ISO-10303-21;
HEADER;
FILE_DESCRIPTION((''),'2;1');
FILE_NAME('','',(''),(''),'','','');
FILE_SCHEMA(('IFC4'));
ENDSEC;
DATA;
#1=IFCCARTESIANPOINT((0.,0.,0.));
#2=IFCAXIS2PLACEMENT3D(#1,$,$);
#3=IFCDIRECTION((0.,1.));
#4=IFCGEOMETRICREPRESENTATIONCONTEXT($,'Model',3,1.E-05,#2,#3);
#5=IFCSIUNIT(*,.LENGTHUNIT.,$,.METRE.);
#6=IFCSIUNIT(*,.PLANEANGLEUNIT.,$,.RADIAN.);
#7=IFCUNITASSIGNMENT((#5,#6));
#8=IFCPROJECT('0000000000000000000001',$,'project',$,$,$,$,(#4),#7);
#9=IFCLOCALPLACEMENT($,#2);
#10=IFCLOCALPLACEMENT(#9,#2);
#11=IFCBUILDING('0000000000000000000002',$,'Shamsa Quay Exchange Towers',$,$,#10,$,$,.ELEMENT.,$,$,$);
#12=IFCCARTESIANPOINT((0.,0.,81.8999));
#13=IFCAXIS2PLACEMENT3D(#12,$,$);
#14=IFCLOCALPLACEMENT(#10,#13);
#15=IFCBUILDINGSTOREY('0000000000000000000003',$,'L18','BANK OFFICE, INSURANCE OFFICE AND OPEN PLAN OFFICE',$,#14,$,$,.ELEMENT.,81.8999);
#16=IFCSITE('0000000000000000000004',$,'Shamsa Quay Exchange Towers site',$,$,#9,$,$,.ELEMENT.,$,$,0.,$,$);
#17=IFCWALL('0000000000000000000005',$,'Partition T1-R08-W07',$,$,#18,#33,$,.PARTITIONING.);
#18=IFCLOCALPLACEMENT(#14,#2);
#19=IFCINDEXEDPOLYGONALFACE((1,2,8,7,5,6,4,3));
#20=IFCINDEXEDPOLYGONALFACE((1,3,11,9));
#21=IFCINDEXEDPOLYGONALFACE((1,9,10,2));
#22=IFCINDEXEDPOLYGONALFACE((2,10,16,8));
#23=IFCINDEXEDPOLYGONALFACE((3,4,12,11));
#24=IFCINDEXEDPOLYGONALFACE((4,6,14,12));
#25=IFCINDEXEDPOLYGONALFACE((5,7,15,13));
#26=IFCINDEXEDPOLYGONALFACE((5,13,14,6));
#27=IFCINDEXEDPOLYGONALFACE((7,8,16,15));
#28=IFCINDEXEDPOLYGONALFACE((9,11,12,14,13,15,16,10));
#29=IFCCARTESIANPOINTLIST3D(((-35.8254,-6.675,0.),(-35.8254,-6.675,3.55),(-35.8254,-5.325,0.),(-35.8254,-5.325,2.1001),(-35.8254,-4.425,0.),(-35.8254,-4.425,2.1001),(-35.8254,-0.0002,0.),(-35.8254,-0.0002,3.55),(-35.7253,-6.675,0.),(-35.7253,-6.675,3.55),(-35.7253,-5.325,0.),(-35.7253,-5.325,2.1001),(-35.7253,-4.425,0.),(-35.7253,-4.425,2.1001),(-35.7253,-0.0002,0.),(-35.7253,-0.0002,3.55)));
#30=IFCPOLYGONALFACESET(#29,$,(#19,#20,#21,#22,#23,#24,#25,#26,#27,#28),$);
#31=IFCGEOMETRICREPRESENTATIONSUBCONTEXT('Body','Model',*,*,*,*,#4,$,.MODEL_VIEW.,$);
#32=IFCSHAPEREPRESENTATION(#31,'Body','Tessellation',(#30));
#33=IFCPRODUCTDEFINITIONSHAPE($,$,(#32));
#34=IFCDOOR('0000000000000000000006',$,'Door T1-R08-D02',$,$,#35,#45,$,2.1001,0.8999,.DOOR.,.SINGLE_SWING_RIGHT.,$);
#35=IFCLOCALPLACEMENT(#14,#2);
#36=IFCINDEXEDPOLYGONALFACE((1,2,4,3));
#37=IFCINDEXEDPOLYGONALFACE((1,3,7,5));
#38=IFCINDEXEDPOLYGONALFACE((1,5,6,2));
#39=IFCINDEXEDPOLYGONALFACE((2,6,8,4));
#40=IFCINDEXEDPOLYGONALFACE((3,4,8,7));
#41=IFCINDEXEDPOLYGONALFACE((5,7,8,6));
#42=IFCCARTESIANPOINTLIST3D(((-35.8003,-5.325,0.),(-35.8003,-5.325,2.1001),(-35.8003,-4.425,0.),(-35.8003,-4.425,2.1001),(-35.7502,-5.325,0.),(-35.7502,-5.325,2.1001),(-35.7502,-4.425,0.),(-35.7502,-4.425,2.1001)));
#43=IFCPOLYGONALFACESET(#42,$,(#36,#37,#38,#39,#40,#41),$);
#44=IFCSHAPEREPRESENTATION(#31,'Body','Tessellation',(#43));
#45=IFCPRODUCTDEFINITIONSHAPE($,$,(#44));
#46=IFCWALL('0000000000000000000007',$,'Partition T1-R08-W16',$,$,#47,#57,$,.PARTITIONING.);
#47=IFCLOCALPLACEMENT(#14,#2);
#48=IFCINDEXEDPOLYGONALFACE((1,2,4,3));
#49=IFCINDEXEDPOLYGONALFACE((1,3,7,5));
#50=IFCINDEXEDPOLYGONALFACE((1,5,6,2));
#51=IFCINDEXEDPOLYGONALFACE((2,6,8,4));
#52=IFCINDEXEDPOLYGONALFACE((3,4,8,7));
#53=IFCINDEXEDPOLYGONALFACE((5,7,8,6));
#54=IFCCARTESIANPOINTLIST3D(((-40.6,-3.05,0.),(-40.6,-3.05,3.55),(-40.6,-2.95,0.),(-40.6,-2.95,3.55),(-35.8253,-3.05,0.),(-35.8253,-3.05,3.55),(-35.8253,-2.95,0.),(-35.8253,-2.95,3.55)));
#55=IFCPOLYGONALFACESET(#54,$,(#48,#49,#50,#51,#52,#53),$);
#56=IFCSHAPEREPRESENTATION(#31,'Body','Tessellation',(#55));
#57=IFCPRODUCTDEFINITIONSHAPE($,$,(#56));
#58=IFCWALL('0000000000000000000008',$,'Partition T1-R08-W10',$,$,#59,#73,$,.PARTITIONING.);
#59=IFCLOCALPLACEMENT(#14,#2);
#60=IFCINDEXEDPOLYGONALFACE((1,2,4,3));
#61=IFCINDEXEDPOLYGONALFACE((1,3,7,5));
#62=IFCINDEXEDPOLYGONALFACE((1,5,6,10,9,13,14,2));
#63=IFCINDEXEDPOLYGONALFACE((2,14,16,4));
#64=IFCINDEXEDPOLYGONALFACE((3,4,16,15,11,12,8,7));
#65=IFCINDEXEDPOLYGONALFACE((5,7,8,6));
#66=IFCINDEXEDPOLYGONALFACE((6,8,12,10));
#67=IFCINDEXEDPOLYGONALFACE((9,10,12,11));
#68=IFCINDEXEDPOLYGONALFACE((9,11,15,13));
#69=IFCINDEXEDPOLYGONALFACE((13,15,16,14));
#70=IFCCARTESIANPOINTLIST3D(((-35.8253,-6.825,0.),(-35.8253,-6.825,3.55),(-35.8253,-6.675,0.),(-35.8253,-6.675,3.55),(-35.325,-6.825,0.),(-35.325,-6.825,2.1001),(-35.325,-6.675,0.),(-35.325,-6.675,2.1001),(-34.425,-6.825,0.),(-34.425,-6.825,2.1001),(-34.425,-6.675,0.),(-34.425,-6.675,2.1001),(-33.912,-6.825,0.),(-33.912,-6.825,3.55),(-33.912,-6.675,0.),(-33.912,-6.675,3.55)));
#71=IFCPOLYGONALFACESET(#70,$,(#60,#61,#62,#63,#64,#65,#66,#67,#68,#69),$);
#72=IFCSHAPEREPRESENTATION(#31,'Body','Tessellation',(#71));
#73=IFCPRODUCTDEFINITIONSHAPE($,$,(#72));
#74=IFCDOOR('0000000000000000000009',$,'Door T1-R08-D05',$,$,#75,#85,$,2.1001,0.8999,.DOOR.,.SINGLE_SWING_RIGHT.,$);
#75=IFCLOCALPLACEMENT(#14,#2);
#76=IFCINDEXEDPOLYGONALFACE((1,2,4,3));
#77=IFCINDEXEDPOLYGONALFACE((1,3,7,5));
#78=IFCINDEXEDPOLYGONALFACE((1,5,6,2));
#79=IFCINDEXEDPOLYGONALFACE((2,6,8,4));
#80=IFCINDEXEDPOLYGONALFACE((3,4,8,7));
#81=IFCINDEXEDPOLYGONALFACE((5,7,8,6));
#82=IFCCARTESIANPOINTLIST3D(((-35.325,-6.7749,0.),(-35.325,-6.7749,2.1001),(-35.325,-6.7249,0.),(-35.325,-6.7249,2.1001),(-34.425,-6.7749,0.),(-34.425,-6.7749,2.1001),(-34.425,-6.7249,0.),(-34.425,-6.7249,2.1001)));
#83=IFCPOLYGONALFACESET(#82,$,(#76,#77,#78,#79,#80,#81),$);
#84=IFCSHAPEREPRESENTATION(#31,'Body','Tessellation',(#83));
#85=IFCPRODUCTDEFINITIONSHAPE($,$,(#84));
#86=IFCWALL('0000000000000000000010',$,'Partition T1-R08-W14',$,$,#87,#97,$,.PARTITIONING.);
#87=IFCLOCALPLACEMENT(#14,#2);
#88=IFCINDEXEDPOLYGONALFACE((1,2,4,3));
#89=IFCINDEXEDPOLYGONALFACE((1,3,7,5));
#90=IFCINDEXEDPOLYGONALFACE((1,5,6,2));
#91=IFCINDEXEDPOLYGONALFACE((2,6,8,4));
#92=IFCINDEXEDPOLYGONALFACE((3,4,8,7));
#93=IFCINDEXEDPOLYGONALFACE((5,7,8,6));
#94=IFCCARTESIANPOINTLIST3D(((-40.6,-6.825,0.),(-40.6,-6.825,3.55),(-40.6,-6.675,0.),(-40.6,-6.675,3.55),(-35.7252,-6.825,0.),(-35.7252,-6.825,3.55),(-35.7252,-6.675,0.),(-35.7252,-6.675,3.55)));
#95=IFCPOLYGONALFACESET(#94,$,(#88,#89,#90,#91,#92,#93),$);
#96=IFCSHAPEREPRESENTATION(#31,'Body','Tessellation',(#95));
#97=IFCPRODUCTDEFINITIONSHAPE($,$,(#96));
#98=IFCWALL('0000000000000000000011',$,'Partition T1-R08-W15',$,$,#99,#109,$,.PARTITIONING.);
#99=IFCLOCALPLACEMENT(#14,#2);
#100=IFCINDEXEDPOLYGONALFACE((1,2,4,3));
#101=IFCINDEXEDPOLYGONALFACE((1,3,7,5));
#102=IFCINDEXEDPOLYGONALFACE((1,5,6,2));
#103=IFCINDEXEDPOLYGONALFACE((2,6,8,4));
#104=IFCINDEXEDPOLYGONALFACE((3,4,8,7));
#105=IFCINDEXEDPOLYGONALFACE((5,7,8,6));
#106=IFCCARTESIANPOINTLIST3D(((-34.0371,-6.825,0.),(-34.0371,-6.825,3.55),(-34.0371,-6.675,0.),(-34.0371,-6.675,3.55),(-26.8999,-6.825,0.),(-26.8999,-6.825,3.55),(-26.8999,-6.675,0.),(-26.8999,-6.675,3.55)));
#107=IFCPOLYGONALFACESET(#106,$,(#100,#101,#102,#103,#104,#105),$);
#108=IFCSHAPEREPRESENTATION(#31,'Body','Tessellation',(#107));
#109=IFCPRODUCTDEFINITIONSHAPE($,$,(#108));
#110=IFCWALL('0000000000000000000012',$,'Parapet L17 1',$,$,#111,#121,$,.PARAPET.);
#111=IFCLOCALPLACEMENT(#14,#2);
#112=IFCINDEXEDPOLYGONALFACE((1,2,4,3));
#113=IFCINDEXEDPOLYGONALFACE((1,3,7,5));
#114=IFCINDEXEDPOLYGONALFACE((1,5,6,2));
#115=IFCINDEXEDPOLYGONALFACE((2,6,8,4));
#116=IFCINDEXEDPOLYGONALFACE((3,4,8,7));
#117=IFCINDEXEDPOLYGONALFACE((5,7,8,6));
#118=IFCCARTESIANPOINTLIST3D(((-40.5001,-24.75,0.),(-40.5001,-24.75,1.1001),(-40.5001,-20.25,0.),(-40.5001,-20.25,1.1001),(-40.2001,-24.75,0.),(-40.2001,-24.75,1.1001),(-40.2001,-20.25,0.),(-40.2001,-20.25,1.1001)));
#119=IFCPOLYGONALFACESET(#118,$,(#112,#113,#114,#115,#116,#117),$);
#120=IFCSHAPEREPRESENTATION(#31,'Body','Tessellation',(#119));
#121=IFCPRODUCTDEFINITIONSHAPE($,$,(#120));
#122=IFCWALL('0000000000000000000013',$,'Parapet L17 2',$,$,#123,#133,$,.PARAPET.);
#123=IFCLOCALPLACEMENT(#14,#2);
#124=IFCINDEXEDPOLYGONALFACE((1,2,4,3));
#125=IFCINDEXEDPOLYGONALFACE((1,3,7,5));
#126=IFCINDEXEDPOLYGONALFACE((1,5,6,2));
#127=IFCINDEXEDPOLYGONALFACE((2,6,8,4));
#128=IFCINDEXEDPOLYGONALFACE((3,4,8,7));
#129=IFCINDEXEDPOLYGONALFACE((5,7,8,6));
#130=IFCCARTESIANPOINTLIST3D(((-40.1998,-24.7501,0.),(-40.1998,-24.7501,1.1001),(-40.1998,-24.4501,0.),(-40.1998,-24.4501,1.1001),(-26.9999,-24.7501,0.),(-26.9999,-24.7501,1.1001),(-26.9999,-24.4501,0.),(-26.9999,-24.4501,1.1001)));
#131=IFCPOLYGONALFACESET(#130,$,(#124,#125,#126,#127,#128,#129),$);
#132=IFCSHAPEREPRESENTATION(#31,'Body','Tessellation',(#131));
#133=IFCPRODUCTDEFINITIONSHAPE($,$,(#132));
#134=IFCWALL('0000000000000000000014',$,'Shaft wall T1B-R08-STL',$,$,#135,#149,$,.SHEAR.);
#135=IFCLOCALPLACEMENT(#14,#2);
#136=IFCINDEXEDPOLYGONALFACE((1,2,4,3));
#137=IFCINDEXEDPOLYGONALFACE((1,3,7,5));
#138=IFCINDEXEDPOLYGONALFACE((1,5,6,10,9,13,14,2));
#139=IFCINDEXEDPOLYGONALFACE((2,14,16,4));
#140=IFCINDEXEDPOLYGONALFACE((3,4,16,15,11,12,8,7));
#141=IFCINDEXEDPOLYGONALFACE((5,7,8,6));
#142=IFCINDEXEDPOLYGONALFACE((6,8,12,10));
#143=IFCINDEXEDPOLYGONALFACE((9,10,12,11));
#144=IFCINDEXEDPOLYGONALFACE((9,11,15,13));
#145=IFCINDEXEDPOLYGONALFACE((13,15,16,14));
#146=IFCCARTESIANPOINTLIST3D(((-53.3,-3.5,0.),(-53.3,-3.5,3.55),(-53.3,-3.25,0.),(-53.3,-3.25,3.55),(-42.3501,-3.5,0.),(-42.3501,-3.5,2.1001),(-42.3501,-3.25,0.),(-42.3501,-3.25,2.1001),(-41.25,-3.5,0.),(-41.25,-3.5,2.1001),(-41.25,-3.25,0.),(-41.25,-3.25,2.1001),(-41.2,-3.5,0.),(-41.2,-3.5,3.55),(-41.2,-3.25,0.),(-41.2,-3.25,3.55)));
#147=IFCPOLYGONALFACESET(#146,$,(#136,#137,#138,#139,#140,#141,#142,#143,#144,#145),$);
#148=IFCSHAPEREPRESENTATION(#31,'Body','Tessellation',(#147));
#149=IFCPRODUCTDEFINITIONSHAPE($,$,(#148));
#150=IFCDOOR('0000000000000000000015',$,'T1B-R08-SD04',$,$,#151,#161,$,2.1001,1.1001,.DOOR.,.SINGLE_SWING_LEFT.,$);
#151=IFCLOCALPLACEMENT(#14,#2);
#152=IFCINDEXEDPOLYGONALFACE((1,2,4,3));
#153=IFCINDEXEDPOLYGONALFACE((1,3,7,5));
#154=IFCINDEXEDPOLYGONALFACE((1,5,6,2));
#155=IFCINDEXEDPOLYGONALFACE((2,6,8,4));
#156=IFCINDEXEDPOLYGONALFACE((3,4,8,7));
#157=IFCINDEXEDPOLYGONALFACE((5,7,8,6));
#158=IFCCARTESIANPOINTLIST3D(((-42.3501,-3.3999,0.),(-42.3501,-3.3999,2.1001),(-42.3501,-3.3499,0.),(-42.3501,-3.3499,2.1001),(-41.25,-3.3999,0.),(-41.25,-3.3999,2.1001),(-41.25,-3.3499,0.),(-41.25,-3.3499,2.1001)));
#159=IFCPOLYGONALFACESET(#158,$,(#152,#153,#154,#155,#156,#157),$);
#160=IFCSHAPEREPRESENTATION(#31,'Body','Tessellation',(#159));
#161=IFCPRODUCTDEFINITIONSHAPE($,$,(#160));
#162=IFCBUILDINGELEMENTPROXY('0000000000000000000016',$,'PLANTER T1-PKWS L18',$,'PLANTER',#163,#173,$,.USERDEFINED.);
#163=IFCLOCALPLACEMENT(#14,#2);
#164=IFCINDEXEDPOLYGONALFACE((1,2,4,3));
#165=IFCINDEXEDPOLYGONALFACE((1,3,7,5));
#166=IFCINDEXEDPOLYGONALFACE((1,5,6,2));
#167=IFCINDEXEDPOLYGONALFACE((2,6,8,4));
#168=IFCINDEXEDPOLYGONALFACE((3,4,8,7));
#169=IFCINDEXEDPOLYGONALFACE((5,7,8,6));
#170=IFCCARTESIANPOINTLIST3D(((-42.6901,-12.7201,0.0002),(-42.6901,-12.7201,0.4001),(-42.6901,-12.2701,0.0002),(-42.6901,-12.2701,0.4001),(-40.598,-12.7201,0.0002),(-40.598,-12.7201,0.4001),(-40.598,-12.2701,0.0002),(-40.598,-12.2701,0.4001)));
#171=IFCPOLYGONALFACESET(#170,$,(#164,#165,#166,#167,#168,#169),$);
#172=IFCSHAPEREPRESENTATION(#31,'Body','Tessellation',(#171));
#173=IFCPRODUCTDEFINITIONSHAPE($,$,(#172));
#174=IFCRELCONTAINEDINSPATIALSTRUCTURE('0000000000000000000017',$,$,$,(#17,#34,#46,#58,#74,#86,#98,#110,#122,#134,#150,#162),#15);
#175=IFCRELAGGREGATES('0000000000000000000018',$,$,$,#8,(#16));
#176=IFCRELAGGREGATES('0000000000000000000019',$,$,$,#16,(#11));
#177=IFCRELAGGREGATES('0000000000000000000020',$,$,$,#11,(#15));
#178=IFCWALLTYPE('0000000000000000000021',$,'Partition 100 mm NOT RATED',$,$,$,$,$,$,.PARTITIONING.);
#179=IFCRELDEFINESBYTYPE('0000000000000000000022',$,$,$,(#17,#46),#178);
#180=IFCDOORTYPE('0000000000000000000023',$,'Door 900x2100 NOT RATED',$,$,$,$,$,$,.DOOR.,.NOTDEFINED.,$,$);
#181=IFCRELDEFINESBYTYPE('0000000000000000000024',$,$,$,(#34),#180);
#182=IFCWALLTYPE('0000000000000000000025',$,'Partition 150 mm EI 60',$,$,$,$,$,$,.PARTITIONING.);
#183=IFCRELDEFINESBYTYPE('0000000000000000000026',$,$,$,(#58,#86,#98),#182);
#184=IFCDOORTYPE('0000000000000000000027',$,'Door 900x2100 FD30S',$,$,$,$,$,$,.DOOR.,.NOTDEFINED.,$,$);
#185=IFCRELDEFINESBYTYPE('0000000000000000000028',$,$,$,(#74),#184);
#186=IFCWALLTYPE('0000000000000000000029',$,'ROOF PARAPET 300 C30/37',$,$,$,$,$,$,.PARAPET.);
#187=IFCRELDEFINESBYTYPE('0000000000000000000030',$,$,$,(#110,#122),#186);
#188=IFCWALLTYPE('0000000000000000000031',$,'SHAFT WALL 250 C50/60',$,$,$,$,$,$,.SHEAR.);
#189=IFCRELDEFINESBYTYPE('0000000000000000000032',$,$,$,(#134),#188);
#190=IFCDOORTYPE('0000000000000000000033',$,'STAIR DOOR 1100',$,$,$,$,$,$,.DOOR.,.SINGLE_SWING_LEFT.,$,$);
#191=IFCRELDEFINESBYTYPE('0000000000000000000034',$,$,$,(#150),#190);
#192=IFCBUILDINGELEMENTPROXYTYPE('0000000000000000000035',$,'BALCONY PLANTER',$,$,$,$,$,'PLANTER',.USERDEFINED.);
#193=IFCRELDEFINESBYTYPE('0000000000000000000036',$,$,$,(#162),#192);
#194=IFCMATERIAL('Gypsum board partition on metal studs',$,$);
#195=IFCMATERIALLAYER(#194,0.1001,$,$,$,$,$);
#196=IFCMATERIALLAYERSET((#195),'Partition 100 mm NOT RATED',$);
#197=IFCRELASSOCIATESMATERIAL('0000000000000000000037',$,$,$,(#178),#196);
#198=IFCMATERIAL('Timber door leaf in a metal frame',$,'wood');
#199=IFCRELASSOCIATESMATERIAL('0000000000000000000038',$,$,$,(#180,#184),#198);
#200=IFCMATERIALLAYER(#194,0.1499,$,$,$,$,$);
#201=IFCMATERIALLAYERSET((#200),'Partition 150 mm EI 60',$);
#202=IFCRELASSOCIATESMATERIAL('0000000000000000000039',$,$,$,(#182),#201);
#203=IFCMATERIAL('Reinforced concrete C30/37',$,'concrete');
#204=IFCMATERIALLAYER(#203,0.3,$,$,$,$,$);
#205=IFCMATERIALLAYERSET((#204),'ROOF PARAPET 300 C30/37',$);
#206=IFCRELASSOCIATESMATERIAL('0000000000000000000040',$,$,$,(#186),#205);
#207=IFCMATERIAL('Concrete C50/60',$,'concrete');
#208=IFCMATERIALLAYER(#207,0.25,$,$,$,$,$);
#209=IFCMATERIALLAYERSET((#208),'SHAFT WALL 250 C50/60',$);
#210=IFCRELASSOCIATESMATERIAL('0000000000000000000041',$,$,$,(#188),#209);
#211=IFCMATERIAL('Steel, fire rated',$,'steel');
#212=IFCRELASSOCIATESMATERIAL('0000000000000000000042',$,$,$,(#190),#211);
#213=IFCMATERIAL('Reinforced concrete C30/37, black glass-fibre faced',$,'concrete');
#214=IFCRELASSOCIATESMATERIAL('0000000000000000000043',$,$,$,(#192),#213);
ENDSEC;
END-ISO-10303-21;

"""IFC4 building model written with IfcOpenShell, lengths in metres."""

from ifc_helpers import new_model, si_unit, direction, frame, frame_2d, origin, origin_2d, place, context, subcontext, project, spatial, rectangle, extrude, material, layer, layer_set, type_object, element, fill, save


model = new_model("IFC4")

# Units and contexts
model_context = context("Model", 3, precision=1e-05, world=origin(), true_north=direction((0.0, 1.0)))
body_context = subcontext(model_context, "Body", "Model", "MODEL_VIEW")
ifc_project = project(units=[si_unit("LENGTHUNIT", "METRE"), si_unit("PLANEANGLEUNIT", "RADIAN")], contexts=[model_context])

# Site, building, storey
site_placement = place(None, origin())
site = spatial("IfcSite", under=ifc_project, at=site_placement, Name="Shamsa Quay Exchange Towers site", CompositionType="ELEMENT", RefElevation=0.0)
building_placement = place(site_placement, origin())
building = spatial("IfcBuilding", under=site, at=building_placement, Name="Shamsa Quay Exchange Towers", CompositionType="ELEMENT")
storey_placement = place(building_placement, frame((0.0, 0.0, 81.8999)))
storey = spatial("IfcBuildingStorey", under=building, at=storey_placement, Name="L18", Description="BANK OFFICE, INSURANCE OFFICE AND OPEN PLAN OFFICE", CompositionType="ELEMENT", Elevation=81.8999)

# Wall, opening, door
ifc_material_1 = material(Name="Steel, fire rated", Category="steel")
ifc_material_2 = material(Name="Gypsum board partition on metal studs")
ifc_layer_1 = layer(ifc_material_2, 0.1001)
ifc_layer_set_1 = layer_set([ifc_layer_1], Name="Partition 100 mm NOT RATED")
wall_type_1 = type_object("IfcWallType", Name="Partition 100 mm NOT RATED", PredefinedType="PARTITIONING", material=ifc_layer_set_1)
wall_1_placement = place(storey_placement, frame((-35.7754, -6.675, 0.0), z_axis=(0.0, 0.0, 1.0), x_axis=(0.0, 1.0, 0.0)))
wall_1 = element("IfcWall", 1, at=wall_1_placement, inside=storey, type_object=wall_type_1, Name="Partition T1-R08-W07", PredefinedType="PARTITIONING", context=body_context, shape_type="SweptSolid", body=[
    extrude(rectangle(XDim=6.6748, YDim=0.1001, at=frame_2d((3.3374, 0.0))), origin(), (0.0, 0.0, 1.0), 3.55),
])
opening_1_placement = place(wall_1_placement, frame((1.3501, 0.0, 0.0)))
opening_1 = element("IfcOpeningElement", 2, at=opening_1_placement, cuts=wall_1, PredefinedType="OPENING", context=body_context, shape_type="SweptSolid", body=[
    extrude(rectangle(XDim=0.8999, YDim=2.1001, at=frame_2d((0.45, 1.05))), frame((0.0, 0.0601, 0.0), z_axis=(0.0, -1.0, 0.0), x_axis=(1.0, 0.0, 0.0)), (0.0, 0.0, 1.0), 0.1201),
])
ifc_material_3 = material(Name="Timber door leaf in a metal frame", Category="wood")
door_type_1 = type_object("IfcDoorType", Name="Door 900x2100 NOT RATED", OperationType="NOTDEFINED", PredefinedType="DOOR", material=ifc_material_3)
door_1_placement = place(opening_1_placement, origin())
door_1 = element("IfcDoor", 3, at=door_1_placement, inside=storey, type_object=door_type_1, Name="Door T1-R08-D02", OperationType="SINGLE_SWING_RIGHT", OverallHeight=2.1001, OverallWidth=0.8999, PredefinedType="DOOR", context=body_context, shape_type="SweptSolid", body=[
    extrude(rectangle(XDim=0.8999, YDim=2.1001, at=frame_2d((0.45, 1.05))), frame((0.0, 0.0249, 0.0), z_axis=(0.0, -1.0, 0.0), x_axis=(1.0, 0.0, 0.0)), (0.0, 0.0, 1.0), 0.05),
])
fill(opening_1, door_1)

# Wall
wall_2_placement = place(storey_placement, frame((-35.8254, -3.0, 0.0), z_axis=(0.0, 0.0, 1.0), x_axis=(-1.0, 0.0, 0.0)))
element("IfcWall", 4, at=wall_2_placement, inside=storey, type_object=wall_type_1, Name="Partition T1-R08-W16", PredefinedType="PARTITIONING", context=body_context, shape_type="SweptSolid", body=[
    extrude(rectangle(XDim=4.7747, YDim=0.1001, at=frame_2d((2.3872, 0.0))), origin(), (0.0, 0.0, 1.0), 3.55),
])

# Wall, opening, door
ifc_layer_2 = layer(ifc_material_2, 0.1499)
ifc_layer_set_2 = layer_set([ifc_layer_2], Name="Partition 150 mm EI 60")
wall_type_2 = type_object("IfcWallType", Name="Partition 150 mm EI 60", PredefinedType="PARTITIONING", material=ifc_layer_set_2)
wall_3_placement = place(storey_placement, frame((-33.9121, -6.75, 0.0), z_axis=(0.0, 0.0, 1.0), x_axis=(-1.0, 0.0, 0.0)))
wall_3 = element("IfcWall", 5, at=wall_3_placement, inside=storey, type_object=wall_type_2, Name="Partition T1-R08-W10", PredefinedType="PARTITIONING", context=body_context, shape_type="SweptSolid", body=[
    extrude(rectangle(XDim=1.9133, YDim=0.1499, at=frame_2d((0.9565, 0.0))), origin(), (0.0, 0.0, 1.0), 3.55),
])
opening_2_placement = place(wall_3_placement, frame((0.5129, 0.0, 0.0)))
opening_2 = element("IfcOpeningElement", 6, at=opening_2_placement, cuts=wall_3, PredefinedType="OPENING", context=body_context, shape_type="SweptSolid", body=[
    extrude(rectangle(XDim=0.8999, YDim=2.1001, at=frame_2d((0.45, 1.05))), frame((0.0, 0.085, 0.0), z_axis=(0.0, -1.0, 0.0), x_axis=(1.0, 0.0, 0.0)), (0.0, 0.0, 1.0), 0.1699),
])
door_type_2 = type_object("IfcDoorType", Name="Door 900x2100 FD30S", OperationType="NOTDEFINED", PredefinedType="DOOR", material=ifc_material_3)
door_2_placement = place(opening_2_placement, origin())
door_2 = element("IfcDoor", 7, at=door_2_placement, inside=storey, type_object=door_type_2, Name="Door T1-R08-D05", OperationType="SINGLE_SWING_RIGHT", OverallHeight=2.1001, OverallWidth=0.8999, PredefinedType="DOOR", context=body_context, shape_type="SweptSolid", body=[
    extrude(rectangle(XDim=0.8999, YDim=2.1001, at=frame_2d((0.45, 1.05))), frame((0.0, 0.0249, 0.0), z_axis=(0.0, -1.0, 0.0), x_axis=(1.0, 0.0, 0.0)), (0.0, 0.0, 1.0), 0.05),
])
fill(opening_2, door_2)

# Walls
wall_4_placement = place(storey_placement, frame((-40.6001, -6.75, 0.0)))
element("IfcWall", 8, at=wall_4_placement, inside=storey, type_object=wall_type_2, Name="Partition T1-R08-W14", PredefinedType="PARTITIONING", context=body_context, shape_type="SweptSolid", body=[
    extrude(rectangle(XDim=4.8748, YDim=0.1499, at=frame_2d((2.4375, 0.0))), origin(), (0.0, 0.0, 1.0), 3.55),
])
wall_5_placement = place(storey_placement, frame((-34.0371, -6.75, 0.0)))
element("IfcWall", 9, at=wall_5_placement, inside=storey, type_object=wall_type_2, Name="Partition T1-R08-W15", PredefinedType="PARTITIONING", context=body_context, shape_type="SweptSolid", body=[
    extrude(rectangle(XDim=7.1372, YDim=0.1499, at=frame_2d((3.5686, 0.0))), origin(), (0.0, 0.0, 1.0), 3.55),
])
ifc_material_4 = material(Name="Reinforced concrete C30/37", Category="concrete")
ifc_layer_3 = layer(ifc_material_4, 0.3)
ifc_layer_set_3 = layer_set([ifc_layer_3], Name="ROOF PARAPET 300 C30/37")
wall_type_3 = type_object("IfcWallType", Name="ROOF PARAPET 300 C30/37", PredefinedType="PARAPET", material=ifc_layer_set_3)
wall_6_placement = place(storey_placement, frame((-40.3501, -20.25, 0.0), z_axis=(0.0, 0.0, 1.0), x_axis=(0.0, -1.0, 0.0)))
element("IfcWall", 10, at=wall_6_placement, inside=storey, type_object=wall_type_3, Name="Parapet L17 1", PredefinedType="PARAPET", context=body_context, shape_type="SweptSolid", body=[
    extrude(rectangle(XDim=4.5, YDim=0.3, at=frame_2d((2.25, 0.0))), origin(), (0.0, 0.0, 1.0), 1.1001),
])
wall_7_placement = place(storey_placement, frame((-40.2, -24.6001, 0.0)))
element("IfcWall", 11, at=wall_7_placement, inside=storey, type_object=wall_type_3, Name="Parapet L17 2", PredefinedType="PARAPET", context=body_context, shape_type="SweptSolid", body=[
    extrude(rectangle(XDim=13.2, YDim=0.3, at=frame_2d((6.6001, 0.0))), origin(), (0.0, 0.0, 1.0), 1.1001),
])

# Wall, opening, door
ifc_material_5 = material(Name="Concrete C50/60", Category="concrete")
ifc_layer_4 = layer(ifc_material_5, 0.25)
ifc_layer_set_4 = layer_set([ifc_layer_4], Name="SHAFT WALL 250 C50/60")
wall_type_4 = type_object("IfcWallType", Name="SHAFT WALL 250 C50/60", PredefinedType="SHEAR", material=ifc_layer_set_4)
wall_8_placement = place(storey_placement, frame((-41.2, -3.375, 0.0), z_axis=(0.0, 0.0, 1.0), x_axis=(-1.0, 0.0, 0.0)))
wall_8 = element("IfcWall", 12, at=wall_8_placement, inside=storey, type_object=wall_type_4, Name="Shaft wall T1B-R08-STL", PredefinedType="SHEAR", context=body_context, shape_type="SweptSolid", body=[
    extrude(rectangle(XDim=12.1001, YDim=0.25, at=frame_2d((6.05, 0.0))), origin(), (0.0, 0.0, 1.0), 3.55),
])
opening_3_placement = place(wall_8_placement, frame((0.05, 0.0, 0.0)))
opening_3 = element("IfcOpeningElement", 13, at=opening_3_placement, cuts=wall_8, PredefinedType="OPENING", context=body_context, shape_type="SweptSolid", body=[
    extrude(rectangle(XDim=1.1001, YDim=2.1001, at=frame_2d((0.55, 1.05))), frame((0.0, 0.135, 0.0), z_axis=(0.0, -1.0, 0.0), x_axis=(1.0, 0.0, 0.0)), (0.0, 0.0, 1.0), 0.27),
])
door_type_3 = type_object("IfcDoorType", Name="STAIR DOOR 1100", OperationType="SINGLE_SWING_LEFT", PredefinedType="DOOR", material=ifc_material_1)
door_3_placement = place(opening_3_placement, origin())
door_3 = element("IfcDoor", 14, at=door_3_placement, inside=storey, type_object=door_type_3, Name="T1B-R08-SD04", OperationType="SINGLE_SWING_LEFT", OverallHeight=2.1001, OverallWidth=1.1001, PredefinedType="DOOR", context=body_context, shape_type="SweptSolid", body=[
    extrude(rectangle(XDim=1.1001, YDim=2.1001, at=frame_2d((0.55, 1.05))), frame((0.0, 0.0249, 0.0), z_axis=(0.0, -1.0, 0.0), x_axis=(1.0, 0.0, 0.0)), (0.0, 0.0, 1.0), 0.05),
])
fill(opening_3, door_3)

# Building element proxy
ifc_material_6 = material(Name="Reinforced concrete C30/37, black glass-fibre faced", Category="concrete")
building_element_proxy_type = type_object("IfcBuildingElementProxyType", Name="BALCONY PLANTER", ElementType="PLANTER", PredefinedType="USERDEFINED", material=ifc_material_6)
proxy_placement = place(storey_placement, frame((-41.644, -12.4951, 0.0002)))
element("IfcBuildingElementProxy", 15, at=proxy_placement, inside=storey, type_object=building_element_proxy_type, Name="PLANTER T1-PKWS L18", ObjectType="PLANTER", PredefinedType="USERDEFINED", context=body_context, shape_type="SweptSolid", body=[
    extrude(rectangle(XDim=2.092, YDim=0.45, at=origin_2d()), origin(), (0.0, 0.0, 1.0), 0.3999),
])

save(model, "model.ifc")
